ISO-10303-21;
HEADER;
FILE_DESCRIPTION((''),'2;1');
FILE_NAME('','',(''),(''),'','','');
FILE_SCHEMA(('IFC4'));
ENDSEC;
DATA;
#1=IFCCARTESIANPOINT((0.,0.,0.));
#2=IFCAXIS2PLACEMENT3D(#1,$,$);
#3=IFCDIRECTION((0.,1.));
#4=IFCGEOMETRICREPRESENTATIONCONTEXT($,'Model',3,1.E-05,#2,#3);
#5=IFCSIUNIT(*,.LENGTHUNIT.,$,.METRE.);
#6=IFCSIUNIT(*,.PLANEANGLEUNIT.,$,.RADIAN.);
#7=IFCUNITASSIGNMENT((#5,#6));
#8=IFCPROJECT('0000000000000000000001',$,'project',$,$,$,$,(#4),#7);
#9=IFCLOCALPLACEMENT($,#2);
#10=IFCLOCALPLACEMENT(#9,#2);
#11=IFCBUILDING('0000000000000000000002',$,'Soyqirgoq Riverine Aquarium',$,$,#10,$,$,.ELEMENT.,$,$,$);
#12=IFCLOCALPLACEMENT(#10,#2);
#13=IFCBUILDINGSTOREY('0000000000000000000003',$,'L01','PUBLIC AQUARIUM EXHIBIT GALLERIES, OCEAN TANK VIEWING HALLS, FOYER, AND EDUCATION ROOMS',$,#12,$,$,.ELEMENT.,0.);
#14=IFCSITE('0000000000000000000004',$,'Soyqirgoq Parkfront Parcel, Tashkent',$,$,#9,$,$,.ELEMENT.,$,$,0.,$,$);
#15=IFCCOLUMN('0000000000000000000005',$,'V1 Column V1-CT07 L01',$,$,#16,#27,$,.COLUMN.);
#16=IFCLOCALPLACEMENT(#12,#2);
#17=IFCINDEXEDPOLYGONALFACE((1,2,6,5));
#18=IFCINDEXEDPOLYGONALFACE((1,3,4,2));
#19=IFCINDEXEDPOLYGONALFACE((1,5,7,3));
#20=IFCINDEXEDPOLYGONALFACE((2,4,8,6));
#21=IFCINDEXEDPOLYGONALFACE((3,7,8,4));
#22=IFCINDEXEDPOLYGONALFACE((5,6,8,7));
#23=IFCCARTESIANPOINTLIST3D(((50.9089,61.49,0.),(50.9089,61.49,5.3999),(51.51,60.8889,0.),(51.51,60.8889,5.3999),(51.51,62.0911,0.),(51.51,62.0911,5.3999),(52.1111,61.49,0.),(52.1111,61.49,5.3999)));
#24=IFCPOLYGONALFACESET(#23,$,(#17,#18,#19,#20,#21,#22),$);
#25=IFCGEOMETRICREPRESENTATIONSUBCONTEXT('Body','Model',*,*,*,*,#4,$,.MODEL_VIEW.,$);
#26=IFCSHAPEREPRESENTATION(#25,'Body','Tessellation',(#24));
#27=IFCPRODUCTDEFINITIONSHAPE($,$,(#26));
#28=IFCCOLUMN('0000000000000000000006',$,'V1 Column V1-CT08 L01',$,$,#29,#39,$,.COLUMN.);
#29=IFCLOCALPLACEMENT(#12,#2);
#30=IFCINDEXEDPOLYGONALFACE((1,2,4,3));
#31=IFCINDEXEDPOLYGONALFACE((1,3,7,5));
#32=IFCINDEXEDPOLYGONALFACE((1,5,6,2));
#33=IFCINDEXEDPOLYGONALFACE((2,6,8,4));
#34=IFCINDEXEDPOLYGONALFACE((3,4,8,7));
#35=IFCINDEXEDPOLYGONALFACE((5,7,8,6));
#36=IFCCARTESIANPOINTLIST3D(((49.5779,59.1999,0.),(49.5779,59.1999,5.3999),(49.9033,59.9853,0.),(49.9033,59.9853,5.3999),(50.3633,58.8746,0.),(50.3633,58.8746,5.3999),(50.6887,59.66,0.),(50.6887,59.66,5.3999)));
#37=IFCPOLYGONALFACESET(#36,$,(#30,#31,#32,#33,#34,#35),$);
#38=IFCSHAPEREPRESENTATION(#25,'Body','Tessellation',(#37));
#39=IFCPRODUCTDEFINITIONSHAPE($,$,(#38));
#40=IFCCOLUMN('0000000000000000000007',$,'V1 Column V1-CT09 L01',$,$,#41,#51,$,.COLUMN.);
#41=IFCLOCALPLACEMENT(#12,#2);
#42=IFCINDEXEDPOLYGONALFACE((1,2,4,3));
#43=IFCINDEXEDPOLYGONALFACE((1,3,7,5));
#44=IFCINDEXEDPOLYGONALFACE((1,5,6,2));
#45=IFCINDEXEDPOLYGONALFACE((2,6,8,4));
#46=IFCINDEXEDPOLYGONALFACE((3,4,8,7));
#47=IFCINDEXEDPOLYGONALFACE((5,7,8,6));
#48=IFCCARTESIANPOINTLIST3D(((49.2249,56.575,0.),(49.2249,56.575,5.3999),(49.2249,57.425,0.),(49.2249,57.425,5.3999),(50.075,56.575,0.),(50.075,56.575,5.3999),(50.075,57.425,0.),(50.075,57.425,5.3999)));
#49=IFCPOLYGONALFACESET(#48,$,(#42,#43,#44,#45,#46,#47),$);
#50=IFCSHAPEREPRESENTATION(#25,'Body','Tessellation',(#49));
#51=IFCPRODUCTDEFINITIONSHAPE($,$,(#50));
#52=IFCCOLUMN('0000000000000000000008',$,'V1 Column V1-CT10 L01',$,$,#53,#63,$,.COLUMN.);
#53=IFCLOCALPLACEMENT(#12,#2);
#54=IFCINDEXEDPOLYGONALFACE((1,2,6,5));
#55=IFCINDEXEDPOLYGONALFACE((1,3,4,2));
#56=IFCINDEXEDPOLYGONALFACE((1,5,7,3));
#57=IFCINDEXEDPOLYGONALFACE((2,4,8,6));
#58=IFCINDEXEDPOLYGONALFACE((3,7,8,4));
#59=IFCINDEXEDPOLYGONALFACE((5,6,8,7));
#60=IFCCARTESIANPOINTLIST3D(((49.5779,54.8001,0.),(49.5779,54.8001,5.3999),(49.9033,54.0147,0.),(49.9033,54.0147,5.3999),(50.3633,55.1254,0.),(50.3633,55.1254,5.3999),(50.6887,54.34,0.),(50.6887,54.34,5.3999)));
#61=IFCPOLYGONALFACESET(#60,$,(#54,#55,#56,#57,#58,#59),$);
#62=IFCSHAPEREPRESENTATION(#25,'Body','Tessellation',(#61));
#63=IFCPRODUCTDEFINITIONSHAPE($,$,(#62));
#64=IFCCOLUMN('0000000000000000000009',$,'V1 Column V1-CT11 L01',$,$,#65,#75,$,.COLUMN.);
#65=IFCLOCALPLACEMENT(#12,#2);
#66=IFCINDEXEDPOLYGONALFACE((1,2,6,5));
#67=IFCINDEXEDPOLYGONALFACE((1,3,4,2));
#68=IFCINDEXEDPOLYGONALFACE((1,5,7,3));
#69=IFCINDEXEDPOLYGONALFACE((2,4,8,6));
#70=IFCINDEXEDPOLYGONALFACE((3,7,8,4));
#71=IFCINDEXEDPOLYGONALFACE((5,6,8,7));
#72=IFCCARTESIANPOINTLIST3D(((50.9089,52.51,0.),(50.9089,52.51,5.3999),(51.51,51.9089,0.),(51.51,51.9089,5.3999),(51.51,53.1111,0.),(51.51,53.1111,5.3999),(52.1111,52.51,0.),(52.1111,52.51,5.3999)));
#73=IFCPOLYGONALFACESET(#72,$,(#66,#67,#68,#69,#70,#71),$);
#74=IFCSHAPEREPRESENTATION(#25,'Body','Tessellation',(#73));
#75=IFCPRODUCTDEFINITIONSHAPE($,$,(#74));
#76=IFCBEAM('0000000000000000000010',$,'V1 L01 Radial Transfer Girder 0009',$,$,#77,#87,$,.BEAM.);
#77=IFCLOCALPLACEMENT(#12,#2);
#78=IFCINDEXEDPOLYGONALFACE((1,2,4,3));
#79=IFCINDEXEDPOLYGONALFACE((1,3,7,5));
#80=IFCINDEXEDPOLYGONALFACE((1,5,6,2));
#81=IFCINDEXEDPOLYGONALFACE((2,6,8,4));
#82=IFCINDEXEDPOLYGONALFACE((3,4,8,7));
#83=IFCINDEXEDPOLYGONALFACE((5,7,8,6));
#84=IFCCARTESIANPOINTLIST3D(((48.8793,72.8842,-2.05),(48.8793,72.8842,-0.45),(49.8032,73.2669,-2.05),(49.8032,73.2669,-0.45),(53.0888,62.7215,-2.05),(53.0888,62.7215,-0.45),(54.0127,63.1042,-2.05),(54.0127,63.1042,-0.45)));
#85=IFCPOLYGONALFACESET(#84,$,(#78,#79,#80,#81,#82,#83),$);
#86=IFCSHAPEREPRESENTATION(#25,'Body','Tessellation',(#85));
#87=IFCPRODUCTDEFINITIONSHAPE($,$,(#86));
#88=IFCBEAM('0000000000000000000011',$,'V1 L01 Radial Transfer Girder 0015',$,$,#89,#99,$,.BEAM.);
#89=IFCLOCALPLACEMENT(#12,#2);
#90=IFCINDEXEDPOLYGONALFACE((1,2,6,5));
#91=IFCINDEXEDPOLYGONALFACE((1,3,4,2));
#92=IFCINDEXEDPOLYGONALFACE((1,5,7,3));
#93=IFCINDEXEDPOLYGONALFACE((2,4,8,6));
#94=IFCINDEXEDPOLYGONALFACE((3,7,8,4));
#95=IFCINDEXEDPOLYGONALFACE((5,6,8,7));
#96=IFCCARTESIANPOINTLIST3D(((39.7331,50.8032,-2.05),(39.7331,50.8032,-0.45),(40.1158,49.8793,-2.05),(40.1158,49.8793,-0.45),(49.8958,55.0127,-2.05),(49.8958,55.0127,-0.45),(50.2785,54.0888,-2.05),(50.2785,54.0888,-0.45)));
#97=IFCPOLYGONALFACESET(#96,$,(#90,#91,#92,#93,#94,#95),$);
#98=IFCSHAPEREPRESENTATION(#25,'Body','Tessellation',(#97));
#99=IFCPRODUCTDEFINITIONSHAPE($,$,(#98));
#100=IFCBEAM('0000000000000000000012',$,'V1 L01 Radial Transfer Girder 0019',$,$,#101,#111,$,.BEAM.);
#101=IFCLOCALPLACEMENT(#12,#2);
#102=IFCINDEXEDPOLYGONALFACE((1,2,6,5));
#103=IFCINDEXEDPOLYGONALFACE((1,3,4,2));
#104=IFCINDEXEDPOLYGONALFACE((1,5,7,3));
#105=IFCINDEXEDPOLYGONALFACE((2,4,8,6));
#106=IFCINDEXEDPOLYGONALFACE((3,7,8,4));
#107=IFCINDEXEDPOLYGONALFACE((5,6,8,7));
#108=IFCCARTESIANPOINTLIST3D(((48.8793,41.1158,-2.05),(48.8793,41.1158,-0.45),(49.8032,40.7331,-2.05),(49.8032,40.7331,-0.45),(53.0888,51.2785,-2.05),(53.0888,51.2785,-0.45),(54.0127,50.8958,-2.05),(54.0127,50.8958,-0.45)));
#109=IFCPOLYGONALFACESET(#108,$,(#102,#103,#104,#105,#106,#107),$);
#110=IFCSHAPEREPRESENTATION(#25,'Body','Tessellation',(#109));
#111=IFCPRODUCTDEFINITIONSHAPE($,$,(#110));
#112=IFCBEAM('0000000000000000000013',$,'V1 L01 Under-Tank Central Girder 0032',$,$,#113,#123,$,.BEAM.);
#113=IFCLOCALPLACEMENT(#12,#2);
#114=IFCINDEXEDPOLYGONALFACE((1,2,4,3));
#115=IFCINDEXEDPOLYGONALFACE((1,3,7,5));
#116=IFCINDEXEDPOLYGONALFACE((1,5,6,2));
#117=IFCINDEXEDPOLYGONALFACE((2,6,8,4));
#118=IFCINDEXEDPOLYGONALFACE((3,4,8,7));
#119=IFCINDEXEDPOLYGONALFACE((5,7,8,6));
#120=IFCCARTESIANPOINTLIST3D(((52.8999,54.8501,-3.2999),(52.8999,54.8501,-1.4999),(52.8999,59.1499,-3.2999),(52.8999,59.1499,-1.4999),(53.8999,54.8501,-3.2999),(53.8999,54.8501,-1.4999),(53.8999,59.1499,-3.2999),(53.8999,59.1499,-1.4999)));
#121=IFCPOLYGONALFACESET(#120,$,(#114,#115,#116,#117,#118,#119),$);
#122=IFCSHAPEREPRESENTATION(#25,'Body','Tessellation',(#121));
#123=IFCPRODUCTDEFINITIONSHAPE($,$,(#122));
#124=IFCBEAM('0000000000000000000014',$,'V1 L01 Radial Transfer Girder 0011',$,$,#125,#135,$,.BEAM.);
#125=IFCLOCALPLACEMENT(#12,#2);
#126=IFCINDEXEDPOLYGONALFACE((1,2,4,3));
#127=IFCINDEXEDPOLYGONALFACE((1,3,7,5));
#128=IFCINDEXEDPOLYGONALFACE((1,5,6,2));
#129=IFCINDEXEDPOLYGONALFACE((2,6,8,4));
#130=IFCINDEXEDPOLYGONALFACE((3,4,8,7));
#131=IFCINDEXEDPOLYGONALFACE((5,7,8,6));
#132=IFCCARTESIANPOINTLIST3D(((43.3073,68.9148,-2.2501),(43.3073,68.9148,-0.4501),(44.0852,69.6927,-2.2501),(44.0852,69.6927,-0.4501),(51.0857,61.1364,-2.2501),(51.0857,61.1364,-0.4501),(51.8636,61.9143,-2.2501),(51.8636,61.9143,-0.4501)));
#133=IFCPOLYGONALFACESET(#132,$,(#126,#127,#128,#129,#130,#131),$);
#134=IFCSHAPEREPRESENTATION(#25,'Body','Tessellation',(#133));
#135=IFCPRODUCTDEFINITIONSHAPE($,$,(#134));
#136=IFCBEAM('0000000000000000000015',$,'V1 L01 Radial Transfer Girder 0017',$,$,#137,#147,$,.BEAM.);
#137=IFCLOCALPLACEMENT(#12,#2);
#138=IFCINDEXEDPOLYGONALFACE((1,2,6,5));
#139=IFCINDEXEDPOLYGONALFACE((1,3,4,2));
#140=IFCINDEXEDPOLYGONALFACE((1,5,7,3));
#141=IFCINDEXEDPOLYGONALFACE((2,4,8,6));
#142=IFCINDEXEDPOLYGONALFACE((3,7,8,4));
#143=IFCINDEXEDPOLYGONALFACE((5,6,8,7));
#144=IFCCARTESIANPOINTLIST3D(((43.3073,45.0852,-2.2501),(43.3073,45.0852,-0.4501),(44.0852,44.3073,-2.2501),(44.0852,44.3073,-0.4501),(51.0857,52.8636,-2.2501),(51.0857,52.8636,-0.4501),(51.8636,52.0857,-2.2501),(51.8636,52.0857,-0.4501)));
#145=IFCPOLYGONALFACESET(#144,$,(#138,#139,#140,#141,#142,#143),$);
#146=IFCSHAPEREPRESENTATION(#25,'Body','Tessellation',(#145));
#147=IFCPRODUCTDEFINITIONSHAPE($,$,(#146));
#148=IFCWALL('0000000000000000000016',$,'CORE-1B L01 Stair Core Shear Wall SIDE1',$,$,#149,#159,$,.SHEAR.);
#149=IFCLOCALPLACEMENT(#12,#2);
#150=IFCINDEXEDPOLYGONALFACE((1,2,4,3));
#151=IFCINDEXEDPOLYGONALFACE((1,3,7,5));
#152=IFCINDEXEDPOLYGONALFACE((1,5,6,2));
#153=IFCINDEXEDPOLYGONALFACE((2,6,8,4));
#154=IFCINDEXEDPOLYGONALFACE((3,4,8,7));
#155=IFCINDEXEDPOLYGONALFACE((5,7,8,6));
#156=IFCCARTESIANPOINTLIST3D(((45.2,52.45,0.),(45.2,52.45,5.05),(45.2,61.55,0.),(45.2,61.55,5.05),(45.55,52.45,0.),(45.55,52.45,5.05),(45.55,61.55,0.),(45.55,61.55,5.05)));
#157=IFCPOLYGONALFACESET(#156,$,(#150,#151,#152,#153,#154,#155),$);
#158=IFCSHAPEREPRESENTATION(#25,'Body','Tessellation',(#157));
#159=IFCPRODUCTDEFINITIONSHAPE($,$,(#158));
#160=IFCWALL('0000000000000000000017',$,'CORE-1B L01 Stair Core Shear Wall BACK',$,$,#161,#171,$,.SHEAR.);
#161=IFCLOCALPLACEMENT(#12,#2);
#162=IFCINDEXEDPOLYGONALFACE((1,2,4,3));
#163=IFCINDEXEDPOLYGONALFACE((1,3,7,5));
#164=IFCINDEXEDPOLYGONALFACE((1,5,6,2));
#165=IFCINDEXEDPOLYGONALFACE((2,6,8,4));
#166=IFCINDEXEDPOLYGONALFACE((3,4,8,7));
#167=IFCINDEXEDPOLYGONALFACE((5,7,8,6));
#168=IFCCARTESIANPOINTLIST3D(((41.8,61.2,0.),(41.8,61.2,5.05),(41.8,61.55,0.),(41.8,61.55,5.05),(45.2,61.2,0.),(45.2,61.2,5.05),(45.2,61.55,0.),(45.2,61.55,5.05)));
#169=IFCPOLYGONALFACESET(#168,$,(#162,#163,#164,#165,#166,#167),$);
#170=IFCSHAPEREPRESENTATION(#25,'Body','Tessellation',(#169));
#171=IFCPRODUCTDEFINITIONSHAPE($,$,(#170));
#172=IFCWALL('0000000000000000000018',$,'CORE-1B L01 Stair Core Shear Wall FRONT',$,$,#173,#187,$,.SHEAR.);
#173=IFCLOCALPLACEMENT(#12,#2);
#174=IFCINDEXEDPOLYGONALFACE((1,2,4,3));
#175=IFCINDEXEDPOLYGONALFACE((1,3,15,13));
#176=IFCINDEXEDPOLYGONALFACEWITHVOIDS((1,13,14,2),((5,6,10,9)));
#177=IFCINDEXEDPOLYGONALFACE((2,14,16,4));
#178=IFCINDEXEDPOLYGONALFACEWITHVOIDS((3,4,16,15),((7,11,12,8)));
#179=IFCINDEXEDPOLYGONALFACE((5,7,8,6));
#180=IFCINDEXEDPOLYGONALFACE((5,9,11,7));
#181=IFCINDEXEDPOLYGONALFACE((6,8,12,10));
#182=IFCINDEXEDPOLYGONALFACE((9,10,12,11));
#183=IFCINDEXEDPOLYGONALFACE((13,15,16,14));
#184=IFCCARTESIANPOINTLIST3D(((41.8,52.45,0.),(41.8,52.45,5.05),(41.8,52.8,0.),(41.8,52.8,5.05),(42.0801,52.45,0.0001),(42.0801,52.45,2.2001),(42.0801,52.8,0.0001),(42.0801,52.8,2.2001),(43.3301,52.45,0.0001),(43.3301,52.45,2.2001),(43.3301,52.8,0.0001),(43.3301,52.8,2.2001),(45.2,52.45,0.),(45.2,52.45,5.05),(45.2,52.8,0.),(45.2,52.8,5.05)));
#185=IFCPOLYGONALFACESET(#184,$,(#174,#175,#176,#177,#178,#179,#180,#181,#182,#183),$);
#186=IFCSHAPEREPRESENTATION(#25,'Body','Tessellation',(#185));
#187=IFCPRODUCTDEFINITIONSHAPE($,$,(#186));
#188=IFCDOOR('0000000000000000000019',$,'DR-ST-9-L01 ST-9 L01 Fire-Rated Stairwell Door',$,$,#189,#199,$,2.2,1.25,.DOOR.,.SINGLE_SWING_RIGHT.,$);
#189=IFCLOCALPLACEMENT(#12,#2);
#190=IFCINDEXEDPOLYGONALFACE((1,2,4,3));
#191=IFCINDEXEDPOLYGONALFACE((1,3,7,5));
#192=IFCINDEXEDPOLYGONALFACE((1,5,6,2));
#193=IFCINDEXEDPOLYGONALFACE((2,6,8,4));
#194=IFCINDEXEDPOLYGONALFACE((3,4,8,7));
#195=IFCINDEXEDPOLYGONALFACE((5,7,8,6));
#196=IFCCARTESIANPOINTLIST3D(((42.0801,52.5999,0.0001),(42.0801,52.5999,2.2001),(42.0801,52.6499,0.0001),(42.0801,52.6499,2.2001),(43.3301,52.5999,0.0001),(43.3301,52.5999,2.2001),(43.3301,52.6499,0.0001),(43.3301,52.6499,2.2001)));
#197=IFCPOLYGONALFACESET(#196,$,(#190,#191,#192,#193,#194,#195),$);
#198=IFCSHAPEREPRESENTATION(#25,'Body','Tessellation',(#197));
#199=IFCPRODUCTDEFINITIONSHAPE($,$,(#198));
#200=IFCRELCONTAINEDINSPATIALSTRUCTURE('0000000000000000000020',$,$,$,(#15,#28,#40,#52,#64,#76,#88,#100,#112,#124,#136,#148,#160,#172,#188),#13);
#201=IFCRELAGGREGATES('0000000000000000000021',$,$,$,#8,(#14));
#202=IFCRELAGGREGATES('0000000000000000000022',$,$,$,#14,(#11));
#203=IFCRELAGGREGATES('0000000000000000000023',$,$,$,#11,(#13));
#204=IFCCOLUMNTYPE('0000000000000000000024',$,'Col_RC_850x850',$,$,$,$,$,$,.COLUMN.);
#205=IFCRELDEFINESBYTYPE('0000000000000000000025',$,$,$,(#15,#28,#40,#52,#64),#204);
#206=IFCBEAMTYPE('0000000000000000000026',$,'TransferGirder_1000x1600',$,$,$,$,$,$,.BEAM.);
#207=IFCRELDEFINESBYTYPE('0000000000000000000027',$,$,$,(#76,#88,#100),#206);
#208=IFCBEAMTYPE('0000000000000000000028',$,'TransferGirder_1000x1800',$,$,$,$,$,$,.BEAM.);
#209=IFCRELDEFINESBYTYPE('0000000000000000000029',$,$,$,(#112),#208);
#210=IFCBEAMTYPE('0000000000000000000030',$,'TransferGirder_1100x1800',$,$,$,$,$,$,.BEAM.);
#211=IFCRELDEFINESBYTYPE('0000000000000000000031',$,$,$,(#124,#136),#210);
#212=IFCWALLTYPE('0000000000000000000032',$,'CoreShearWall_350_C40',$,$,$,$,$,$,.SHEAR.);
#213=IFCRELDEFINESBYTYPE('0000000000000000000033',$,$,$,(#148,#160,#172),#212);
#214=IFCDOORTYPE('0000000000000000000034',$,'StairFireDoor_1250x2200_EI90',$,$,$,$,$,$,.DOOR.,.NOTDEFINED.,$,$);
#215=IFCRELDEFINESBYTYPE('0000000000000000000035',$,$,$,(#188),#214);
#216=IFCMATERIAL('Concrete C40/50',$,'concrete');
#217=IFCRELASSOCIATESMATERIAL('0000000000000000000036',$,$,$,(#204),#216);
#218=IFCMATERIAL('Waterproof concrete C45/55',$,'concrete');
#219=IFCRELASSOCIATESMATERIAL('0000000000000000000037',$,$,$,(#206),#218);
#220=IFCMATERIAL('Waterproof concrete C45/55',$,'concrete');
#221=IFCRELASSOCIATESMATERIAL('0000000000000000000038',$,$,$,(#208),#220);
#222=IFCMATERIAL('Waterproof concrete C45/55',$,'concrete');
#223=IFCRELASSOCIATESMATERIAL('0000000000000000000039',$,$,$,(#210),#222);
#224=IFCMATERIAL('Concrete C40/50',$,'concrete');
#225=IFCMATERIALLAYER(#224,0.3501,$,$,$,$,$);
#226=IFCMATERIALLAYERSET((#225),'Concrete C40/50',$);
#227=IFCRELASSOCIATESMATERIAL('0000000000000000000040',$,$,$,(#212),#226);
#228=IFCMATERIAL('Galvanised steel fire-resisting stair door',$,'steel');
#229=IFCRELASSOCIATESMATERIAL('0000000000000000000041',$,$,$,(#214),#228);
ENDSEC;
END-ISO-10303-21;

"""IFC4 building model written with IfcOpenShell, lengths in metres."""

from ifc_helpers import new_model, si_unit, direction, frame, frame_2d, origin, origin_2d, place, context, subcontext, project, spatial, rectangle, extrude, material, layer, layer_set, material_profile, profile_set, type_object, element, fill, save


model = new_model("IFC4")

# Units and contexts
model_context = context("Model", 3, precision=1e-05, world=origin(), true_north=direction((0.0, 1.0)))
body_context = subcontext(model_context, "Body", "Model", "MODEL_VIEW")
ifc_project = project(units=[si_unit("LENGTHUNIT", "METRE"), si_unit("PLANEANGLEUNIT", "RADIAN")], contexts=[model_context])

# Site, building, storey
site_placement = place(None, origin())
site = spatial("IfcSite", under=ifc_project, at=site_placement, Name="Soyqirgoq Parkfront Parcel, Tashkent", CompositionType="ELEMENT", RefElevation=0.0)
building_placement = place(site_placement, origin())
building = spatial("IfcBuilding", under=site, at=building_placement, Name="Soyqirgoq Riverine Aquarium", CompositionType="ELEMENT")
storey_placement = place(building_placement, origin())
storey = spatial("IfcBuildingStorey", under=building, at=storey_placement, Name="L01", Description="PUBLIC AQUARIUM EXHIBIT GALLERIES, OCEAN TANK VIEWING HALLS, FOYER, AND EDUCATION ROOMS", CompositionType="ELEMENT", Elevation=0.0)

# Columns
ifc_material_1 = material(Name="Concrete C40/50", Category="concrete")
ifc_material_profile_1 = material_profile(ifc_material_1, rectangle(XDim=0.8501, YDim=0.8501, at=origin_2d()), Name="RC 850x850")
ifc_profile_set_1 = profile_set([ifc_material_profile_1], Name="Concrete C40/50")
column_type = type_object("IfcColumnType", Name="Col_RC_850x850", PredefinedType="COLUMN", material=ifc_profile_set_1)
for number, where, z_axis, x_axis, name in (
    (1, (51.51, 61.49, 0.0), (0.0, 0.0, 1.0), (-0.707107, 0.707107, 0.0), "V1 Column V1-CT07 L01"),
    (2, (50.1333, 59.4299, 0.0), (0.0, 0.0, 1.0), (-0.92388, 0.382683, 0.0), "V1 Column V1-CT08 L01"),
    (3, (49.6499, 57.0, 0.0), (0.0, 0.0, 1.0), (-1.0, 0.0, 0.0), "V1 Column V1-CT09 L01"),
    (4, (50.1333, 54.5701, 0.0), (0.0, 0.0, 1.0), (-0.92388, -0.382683, 0.0), "V1 Column V1-CT10 L01"),
    (5, (51.51, 52.51, 0.0), (0.0, 0.0, 1.0), (-0.707107, -0.707107, 0.0), "V1 Column V1-CT11 L01"),
):
    element("IfcColumn", number, at=place(storey_placement, frame(where, z_axis=z_axis, x_axis=x_axis)), inside=storey, type_object=column_type, Name=name, PredefinedType="COLUMN", context=body_context, shape_type="SweptSolid", body=[
        extrude(rectangle(XDim=0.8501, YDim=0.8501, at=origin_2d()), origin(), (0.0, 0.0, 1.0), 5.3999),
    ])

# Beams
ifc_material_2 = material(Name="Waterproof concrete C45/55", Category="concrete")
ifc_material_profile_2 = material_profile(ifc_material_2, rectangle(XDim=1.0, YDim=1.6001, at=origin_2d()), Name="RC 1000x1600")
ifc_profile_set_2 = profile_set([ifc_material_profile_2], Name="Waterproof concrete C45/55")
beam_type_1 = type_object("IfcBeamType", Name="TransferGirder_1000x1600", PredefinedType="BEAM", material=ifc_profile_set_2)
for number, where, z_axis, x_axis, name in (
    (6, (53.5508, 62.9128, -1.25), (-0.382682, 0.92388, 0.0), (-0.92388, -0.382682, 0.0), "V1 L01 Radial Transfer Girder 0009"),
    (7, (50.0872, 54.5508, -1.25), (-0.92388, -0.382682, 0.0), (0.382682, -0.92388, 0.0), "V1 L01 Radial Transfer Girder 0015"),
    (8, (53.5508, 51.0872, -1.25), (-0.382682, -0.92388, 0.0), (0.92388, -0.382682, 0.0), "V1 L01 Radial Transfer Girder 0019"),
):
    element("IfcBeam", number, at=place(storey_placement, frame(where, z_axis=z_axis, x_axis=x_axis)), inside=storey, type_object=beam_type_1, Name=name, PredefinedType="BEAM", context=body_context, shape_type="SweptSolid", body=[
        extrude(rectangle(XDim=1.0, YDim=1.6001, at=origin_2d()), origin(), (0.0, 0.0, 1.0), 11.0),
    ])
ifc_material_3 = material(Name="Waterproof concrete C45/55", Category="concrete")
ifc_material_profile_3 = material_profile(ifc_material_3, rectangle(XDim=1.0, YDim=1.8, at=origin_2d()), Name="RC 1000x1800")
ifc_profile_set_3 = profile_set([ifc_material_profile_3], Name="Waterproof concrete C45/55")
beam_type_2 = type_object("IfcBeamType", Name="TransferGirder_1000x1800", PredefinedType="BEAM", material=ifc_profile_set_3)
beam_placement = place(storey_placement, frame((53.3999, 59.1499, -2.3999), z_axis=(0.0, -1.0, 0.0), x_axis=(1.0, 0.0, 0.0)))
element("IfcBeam", 9, at=beam_placement, inside=storey, type_object=beam_type_2, Name="V1 L01 Under-Tank Central Girder 0032", PredefinedType="BEAM", context=body_context, shape_type="SweptSolid", body=[
    extrude(rectangle(XDim=1.0, YDim=1.8, at=origin_2d()), origin(), (0.0, 0.0, 1.0), 4.2998),
])
ifc_material_4 = material(Name="Waterproof concrete C45/55", Category="concrete")
ifc_material_profile_4 = material_profile(ifc_material_4, rectangle(XDim=1.1001, YDim=1.8, at=origin_2d()), Name="RC 1100x1800")
ifc_profile_set_4 = profile_set([ifc_material_profile_4], Name="Waterproof concrete C45/55")
beam_type_3 = type_object("IfcBeamType", Name="TransferGirder_1100x1800", PredefinedType="BEAM", material=ifc_profile_set_4)
for number, where, z_axis, x_axis, name in (
    (10, (51.4746, 61.5254, -1.3501), (-0.707107, 0.707107, 0.0), (-0.707107, -0.707107, 0.0), "V1 L01 Radial Transfer Girder 0011"),
    (11, (51.4746, 52.4746, -1.3501), (-0.707107, -0.707107, 0.0), (0.707107, -0.707107, 0.0), "V1 L01 Radial Transfer Girder 0017"),
):
    element("IfcBeam", number, at=place(storey_placement, frame(where, z_axis=z_axis, x_axis=x_axis)), inside=storey, type_object=beam_type_3, Name=name, PredefinedType="BEAM", context=body_context, shape_type="SweptSolid", body=[
        extrude(rectangle(XDim=1.1001, YDim=1.8, at=origin_2d()), origin(), (0.0, 0.0, 1.0), 11.0002),
    ])

# Walls
ifc_material_5 = material(Name="Concrete C40/50", Category="concrete")
ifc_layer_1 = layer(ifc_material_5, 0.3501)
ifc_layer_set_1 = layer_set([ifc_layer_1], Name="Concrete C40/50")
wall_type_1 = type_object("IfcWallType", Name="CoreShearWall_350_C40", PredefinedType="SHEAR", material=ifc_layer_set_1)
wall_1_placement = place(storey_placement, frame((45.375, 52.45, 0.0), z_axis=(0.0, 0.0, 1.0), x_axis=(0.0, 1.0, 0.0)))
element("IfcWall", 12, at=wall_1_placement, inside=storey, type_object=wall_type_1, Name="CORE-1B L01 Stair Core Shear Wall SIDE1", PredefinedType="SHEAR", context=body_context, shape_type="SweptSolid", body=[
    extrude(rectangle(XDim=9.1001, YDim=0.3501, at=frame_2d((4.55, 0.0))), origin(), (0.0, 0.0, 1.0), 5.05),
])
wall_2_placement = place(storey_placement, frame((45.2, 61.375, 0.0), z_axis=(0.0, 0.0, 1.0), x_axis=(-1.0, 0.0, 0.0)))
element("IfcWall", 13, at=wall_2_placement, inside=storey, type_object=wall_type_1, Name="CORE-1B L01 Stair Core Shear Wall BACK", PredefinedType="SHEAR", context=body_context, shape_type="SweptSolid", body=[
    extrude(rectangle(XDim=3.3999, YDim=0.3501, at=frame_2d((1.7, 0.0))), origin(), (0.0, 0.0, 1.0), 5.05),
])

# Wall, opening, door
wall_3_placement = place(storey_placement, frame((41.8, 52.625, 0.0), z_axis=(0.0, 0.0, 1.0), x_axis=(1.0, 0.0, 0.0)))
wall_3 = element("IfcWall", 14, at=wall_3_placement, inside=storey, type_object=wall_type_1, Name="CORE-1B L01 Stair Core Shear Wall FRONT", PredefinedType="SHEAR", context=body_context, shape_type="SweptSolid", body=[
    extrude(rectangle(XDim=3.3999, YDim=0.3501, at=frame_2d((1.7, 0.0))), origin(), (0.0, 0.0, 1.0), 5.05),
])
opening_1_placement = place(wall_3_placement, frame((0.28, 0.0, 0.0)))
opening_1 = element("IfcOpeningElement", 15, at=opening_1_placement, cuts=wall_3, PredefinedType="OPENING", context=body_context, shape_type="SweptSolid", body=[
    extrude(rectangle(XDim=1.25, YDim=2.2, at=frame_2d((0.625, 1.1001))), frame((0.0, 0.1851, 0.0), z_axis=(0.0, -1.0, 0.0), x_axis=(1.0, 0.0, 0.0)), (0.0, 0.0, 1.0), 0.3701),
])
ifc_material_6 = material(Name="Galvanised steel fire-resisting stair door", Category="steel")
door_type_1 = type_object("IfcDoorType", Name="StairFireDoor_1250x2200_EI90", OperationType="NOTDEFINED", PredefinedType="DOOR", material=ifc_material_6)
door_1_placement = place(opening_1_placement, origin())
door_1 = element("IfcDoor", 16, at=door_1_placement, inside=storey, type_object=door_type_1, Name="DR-ST-9-L01 ST-9 L01 Fire-Rated Stairwell Door", OperationType="SINGLE_SWING_RIGHT", OverallHeight=2.2, OverallWidth=1.25, PredefinedType="DOOR", context=body_context, shape_type="SweptSolid", body=[
    extrude(rectangle(XDim=1.25, YDim=2.2, at=frame_2d((0.625, 1.1001))), frame((0.0, 0.0249, 0.0), z_axis=(0.0, -1.0, 0.0), x_axis=(1.0, 0.0, 0.0)), (0.0, 0.0, 1.0), 0.05),
])
fill(opening_1, door_1)

save(model, "model.ifc")
